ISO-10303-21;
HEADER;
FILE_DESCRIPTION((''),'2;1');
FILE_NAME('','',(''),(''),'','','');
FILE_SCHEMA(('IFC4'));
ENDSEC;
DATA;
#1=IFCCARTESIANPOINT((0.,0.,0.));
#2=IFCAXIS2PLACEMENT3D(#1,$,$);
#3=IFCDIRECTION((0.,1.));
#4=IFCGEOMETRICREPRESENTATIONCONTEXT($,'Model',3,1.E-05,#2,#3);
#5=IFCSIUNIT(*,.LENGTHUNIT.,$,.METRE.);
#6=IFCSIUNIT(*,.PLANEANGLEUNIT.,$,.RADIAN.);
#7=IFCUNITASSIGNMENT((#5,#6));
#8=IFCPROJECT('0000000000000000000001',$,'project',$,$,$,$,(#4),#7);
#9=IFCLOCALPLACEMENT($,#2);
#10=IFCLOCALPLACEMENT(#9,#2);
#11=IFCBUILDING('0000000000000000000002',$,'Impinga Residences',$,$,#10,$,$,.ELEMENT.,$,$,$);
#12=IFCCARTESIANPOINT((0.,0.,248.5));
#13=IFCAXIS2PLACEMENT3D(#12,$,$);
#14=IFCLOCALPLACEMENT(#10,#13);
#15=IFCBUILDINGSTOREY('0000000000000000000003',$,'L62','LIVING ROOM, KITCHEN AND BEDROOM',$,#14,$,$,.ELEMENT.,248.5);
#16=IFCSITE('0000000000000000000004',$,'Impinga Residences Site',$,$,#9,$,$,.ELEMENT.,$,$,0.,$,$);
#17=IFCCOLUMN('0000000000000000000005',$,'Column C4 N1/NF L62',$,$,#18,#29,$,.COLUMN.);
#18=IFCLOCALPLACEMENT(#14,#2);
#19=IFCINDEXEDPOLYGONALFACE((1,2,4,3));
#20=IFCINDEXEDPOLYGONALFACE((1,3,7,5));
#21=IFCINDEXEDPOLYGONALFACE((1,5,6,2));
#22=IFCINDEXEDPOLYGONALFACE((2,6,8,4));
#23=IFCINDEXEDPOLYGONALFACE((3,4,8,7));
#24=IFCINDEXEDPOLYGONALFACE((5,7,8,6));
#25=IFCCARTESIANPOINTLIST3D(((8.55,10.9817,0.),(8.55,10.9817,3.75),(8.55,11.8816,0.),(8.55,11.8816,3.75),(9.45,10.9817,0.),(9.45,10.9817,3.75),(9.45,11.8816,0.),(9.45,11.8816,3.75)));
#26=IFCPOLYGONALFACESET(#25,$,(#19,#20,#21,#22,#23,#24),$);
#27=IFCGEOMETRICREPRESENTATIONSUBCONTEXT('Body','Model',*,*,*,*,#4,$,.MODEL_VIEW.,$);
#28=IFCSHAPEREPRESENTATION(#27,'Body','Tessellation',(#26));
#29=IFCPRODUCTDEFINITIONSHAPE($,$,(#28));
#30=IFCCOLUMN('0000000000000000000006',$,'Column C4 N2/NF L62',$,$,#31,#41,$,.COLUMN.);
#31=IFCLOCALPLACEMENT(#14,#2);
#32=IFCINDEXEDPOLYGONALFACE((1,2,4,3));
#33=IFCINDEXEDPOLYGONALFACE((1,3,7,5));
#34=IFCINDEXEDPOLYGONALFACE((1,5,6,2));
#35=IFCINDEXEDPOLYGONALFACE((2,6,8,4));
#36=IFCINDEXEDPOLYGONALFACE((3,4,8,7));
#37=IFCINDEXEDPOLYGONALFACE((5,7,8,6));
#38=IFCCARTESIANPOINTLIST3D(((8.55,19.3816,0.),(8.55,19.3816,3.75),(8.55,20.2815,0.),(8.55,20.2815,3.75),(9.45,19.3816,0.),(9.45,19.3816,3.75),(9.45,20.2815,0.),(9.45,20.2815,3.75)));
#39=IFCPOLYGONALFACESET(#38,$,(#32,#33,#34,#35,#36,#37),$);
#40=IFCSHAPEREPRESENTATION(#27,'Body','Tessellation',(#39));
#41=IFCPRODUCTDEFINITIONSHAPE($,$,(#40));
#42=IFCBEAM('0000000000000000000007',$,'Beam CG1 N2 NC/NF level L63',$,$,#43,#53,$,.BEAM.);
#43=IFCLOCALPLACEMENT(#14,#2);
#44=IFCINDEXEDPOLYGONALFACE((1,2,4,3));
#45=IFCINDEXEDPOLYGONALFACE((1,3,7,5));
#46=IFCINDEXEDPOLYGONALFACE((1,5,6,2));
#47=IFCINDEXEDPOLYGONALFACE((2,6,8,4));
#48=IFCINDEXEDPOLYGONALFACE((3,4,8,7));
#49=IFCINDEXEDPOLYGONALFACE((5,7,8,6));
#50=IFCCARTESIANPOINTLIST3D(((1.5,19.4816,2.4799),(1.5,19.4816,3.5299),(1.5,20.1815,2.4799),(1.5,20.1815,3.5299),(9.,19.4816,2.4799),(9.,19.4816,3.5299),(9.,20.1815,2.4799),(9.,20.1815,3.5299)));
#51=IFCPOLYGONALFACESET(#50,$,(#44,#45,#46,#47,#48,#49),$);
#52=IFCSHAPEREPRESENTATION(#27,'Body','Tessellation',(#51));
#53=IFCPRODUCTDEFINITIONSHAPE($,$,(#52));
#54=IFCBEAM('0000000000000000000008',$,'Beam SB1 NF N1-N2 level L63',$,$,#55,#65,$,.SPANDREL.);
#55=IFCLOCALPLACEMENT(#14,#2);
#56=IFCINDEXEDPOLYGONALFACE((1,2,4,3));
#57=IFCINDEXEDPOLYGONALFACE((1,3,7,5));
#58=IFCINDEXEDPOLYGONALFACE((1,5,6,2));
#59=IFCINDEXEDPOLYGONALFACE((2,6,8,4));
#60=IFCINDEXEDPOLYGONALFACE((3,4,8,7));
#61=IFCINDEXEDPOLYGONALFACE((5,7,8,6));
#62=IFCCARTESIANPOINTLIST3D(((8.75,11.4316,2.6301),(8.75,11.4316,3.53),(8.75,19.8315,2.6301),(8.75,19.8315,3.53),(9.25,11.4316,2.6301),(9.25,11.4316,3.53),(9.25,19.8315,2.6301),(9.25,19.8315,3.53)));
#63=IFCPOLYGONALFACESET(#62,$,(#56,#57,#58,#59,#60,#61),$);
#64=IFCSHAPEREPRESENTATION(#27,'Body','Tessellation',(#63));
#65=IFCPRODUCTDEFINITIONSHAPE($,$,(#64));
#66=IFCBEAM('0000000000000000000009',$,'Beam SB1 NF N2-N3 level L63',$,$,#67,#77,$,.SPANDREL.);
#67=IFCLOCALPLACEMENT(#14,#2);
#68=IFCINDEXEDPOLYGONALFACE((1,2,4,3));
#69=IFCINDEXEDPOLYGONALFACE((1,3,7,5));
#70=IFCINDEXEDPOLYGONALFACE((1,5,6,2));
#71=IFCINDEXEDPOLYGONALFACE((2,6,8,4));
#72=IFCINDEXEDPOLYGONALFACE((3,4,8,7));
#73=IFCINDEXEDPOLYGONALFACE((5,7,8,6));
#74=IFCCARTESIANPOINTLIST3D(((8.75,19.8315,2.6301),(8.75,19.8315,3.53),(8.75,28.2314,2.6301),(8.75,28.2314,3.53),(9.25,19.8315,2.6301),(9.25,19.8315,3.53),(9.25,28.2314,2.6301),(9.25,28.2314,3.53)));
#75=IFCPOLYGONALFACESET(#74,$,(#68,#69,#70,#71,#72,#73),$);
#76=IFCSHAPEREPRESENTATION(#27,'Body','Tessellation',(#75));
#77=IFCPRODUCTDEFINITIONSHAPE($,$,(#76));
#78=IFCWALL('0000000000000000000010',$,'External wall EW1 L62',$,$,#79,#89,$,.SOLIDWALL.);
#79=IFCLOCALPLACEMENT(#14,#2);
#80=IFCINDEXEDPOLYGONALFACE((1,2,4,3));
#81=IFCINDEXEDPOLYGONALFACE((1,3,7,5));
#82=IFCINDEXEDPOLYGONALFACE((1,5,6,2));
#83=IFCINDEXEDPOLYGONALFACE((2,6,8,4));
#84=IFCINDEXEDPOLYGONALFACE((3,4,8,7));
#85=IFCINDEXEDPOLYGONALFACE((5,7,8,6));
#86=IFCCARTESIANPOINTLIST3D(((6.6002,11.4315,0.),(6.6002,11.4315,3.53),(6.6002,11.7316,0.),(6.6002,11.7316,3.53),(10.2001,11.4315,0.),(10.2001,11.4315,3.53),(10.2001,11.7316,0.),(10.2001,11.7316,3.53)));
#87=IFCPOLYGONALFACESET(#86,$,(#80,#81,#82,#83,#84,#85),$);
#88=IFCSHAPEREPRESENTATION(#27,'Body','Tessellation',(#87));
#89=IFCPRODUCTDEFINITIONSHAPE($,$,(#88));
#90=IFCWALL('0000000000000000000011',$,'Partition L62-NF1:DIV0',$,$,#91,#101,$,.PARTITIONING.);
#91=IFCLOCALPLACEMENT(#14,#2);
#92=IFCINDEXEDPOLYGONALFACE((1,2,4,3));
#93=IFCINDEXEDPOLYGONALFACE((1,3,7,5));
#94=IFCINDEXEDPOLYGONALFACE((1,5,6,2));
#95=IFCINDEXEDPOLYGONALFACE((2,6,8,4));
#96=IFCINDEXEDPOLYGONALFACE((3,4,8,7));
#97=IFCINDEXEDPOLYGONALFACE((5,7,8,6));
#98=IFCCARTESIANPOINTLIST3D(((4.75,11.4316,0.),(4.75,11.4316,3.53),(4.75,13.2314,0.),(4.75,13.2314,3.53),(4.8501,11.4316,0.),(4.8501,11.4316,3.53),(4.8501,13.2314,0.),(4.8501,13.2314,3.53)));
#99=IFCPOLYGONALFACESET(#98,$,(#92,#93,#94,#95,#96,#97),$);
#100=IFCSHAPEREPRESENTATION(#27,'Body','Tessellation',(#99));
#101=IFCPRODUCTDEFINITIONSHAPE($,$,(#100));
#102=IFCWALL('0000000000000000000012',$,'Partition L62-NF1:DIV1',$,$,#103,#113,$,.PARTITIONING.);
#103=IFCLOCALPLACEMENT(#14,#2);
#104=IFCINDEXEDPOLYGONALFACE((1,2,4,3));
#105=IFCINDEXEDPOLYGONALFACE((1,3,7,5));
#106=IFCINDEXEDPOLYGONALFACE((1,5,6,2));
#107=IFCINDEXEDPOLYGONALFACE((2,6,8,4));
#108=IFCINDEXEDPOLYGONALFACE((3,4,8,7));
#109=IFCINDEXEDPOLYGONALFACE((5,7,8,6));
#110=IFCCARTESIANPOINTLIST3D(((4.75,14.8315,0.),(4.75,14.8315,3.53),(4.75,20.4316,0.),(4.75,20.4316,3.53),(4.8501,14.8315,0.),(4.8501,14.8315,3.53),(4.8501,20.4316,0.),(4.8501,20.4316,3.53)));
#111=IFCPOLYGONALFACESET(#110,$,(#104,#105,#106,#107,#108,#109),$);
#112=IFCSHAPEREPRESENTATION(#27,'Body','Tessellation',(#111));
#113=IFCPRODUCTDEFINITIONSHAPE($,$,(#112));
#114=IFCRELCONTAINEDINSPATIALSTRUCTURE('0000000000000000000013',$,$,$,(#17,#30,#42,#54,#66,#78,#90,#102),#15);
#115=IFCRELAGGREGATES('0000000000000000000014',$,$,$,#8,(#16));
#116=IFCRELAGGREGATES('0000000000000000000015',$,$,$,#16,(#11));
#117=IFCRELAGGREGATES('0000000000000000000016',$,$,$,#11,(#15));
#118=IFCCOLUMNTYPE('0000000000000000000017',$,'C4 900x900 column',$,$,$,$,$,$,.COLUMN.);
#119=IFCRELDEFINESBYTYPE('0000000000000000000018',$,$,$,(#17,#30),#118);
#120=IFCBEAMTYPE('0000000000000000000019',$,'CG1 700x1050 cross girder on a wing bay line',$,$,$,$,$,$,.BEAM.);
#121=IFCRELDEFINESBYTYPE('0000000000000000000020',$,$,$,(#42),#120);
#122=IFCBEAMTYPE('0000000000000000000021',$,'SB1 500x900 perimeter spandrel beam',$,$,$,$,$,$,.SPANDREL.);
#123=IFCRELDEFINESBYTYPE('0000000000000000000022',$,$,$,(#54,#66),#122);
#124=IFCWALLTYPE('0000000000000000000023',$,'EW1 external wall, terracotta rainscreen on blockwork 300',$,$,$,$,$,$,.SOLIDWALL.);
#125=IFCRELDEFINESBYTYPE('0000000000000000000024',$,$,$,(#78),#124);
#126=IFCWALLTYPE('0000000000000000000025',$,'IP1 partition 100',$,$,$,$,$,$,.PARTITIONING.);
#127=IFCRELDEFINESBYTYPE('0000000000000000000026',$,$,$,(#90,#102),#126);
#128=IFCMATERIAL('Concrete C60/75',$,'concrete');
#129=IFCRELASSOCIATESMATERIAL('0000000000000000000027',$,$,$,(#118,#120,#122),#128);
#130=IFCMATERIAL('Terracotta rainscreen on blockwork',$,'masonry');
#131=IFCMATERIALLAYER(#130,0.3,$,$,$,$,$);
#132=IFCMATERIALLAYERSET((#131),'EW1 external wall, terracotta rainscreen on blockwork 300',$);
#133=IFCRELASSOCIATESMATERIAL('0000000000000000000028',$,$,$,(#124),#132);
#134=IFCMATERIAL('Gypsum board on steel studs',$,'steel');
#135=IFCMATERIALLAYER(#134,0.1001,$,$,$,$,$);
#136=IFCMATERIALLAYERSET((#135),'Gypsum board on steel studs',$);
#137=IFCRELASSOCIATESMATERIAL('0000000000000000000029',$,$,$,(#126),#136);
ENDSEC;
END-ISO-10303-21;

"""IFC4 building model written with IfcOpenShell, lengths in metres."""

from ifc_helpers import new_model, si_unit, direction, frame, frame_2d, origin, origin_2d, place, context, subcontext, project, spatial, rectangle, extrude, material, layer, layer_set, material_profile, profile_set, type_object, element, save


model = new_model("IFC4")

# Units and contexts
model_context = context("Model", 3, precision=1e-05, world=origin(), true_north=direction((0.0, 1.0)))
body_context = subcontext(model_context, "Body", "Model", "MODEL_VIEW")
ifc_project = project(units=[si_unit("LENGTHUNIT", "METRE"), si_unit("PLANEANGLEUNIT", "RADIAN")], contexts=[model_context])

# Site, building, storey
site_placement = place(None, origin())
site = spatial("IfcSite", under=ifc_project, at=site_placement, Name="Impinga Residences Site", CompositionType="ELEMENT", RefElevation=0.0)
building_placement = place(site_placement, origin())
building = spatial("IfcBuilding", under=site, at=building_placement, Name="Impinga Residences", CompositionType="ELEMENT")
storey_placement = place(building_placement, frame((0.0, 0.0, 248.5)))
storey = spatial("IfcBuildingStorey", under=building, at=storey_placement, Name="L62", Description="LIVING ROOM, KITCHEN AND BEDROOM", CompositionType="ELEMENT", Elevation=248.5)

# Columns
ifc_material_1 = material(Name="Concrete C60/75", Category="concrete")
ifc_material_profile_1 = material_profile(ifc_material_1, rectangle(XDim=0.8999, YDim=0.8999, at=origin_2d()), Name="RC 900x900")
ifc_profile_set_1 = profile_set([ifc_material_profile_1], Name="Concrete C60/75")
column_type = type_object("IfcColumnType", Name="C4 900x900 column", PredefinedType="COLUMN", material=ifc_profile_set_1)
for number, where, z_axis, x_axis, name in (
    (1, (9.0, 11.4316, 0.0), (0.0, 0.0, 1.0), (1.0, 0.0, 0.0), "Column C4 N1/NF L62"),
    (2, (9.0, 19.8315, 0.0), (0.0, 0.0, 1.0), (1.0, 0.0, 0.0), "Column C4 N2/NF L62"),
):
    element("IfcColumn", number, at=place(storey_placement, frame(where, z_axis=z_axis, x_axis=x_axis)), inside=storey, type_object=column_type, Name=name, PredefinedType="COLUMN", context=body_context, shape_type="SweptSolid", body=[
        extrude(rectangle(XDim=0.8999, YDim=0.8999, at=origin_2d()), origin(), (0.0, 0.0, 1.0), 3.75),
    ])

# Beams
ifc_material_profile_2 = material_profile(ifc_material_1, rectangle(XDim=0.7, YDim=1.05, at=origin_2d()), Name="RC 700x1050")
ifc_profile_set_2 = profile_set([ifc_material_profile_2], Name="Concrete C60/75")
beam_type_1 = type_object("IfcBeamType", Name="CG1 700x1050 cross girder on a wing bay line", PredefinedType="BEAM", material=ifc_profile_set_2)
beam_placement = place(storey_placement, frame((1.5, 19.8315, 3.0049), z_axis=(1.0, 0.0, 0.0), x_axis=(0.0, 1.0, 0.0)))
element("IfcBeam", 3, at=beam_placement, inside=storey, type_object=beam_type_1, Name="Beam CG1 N2 NC/NF level L63", PredefinedType="BEAM", context=body_context, shape_type="SweptSolid", body=[
    extrude(rectangle(XDim=0.7, YDim=1.05, at=origin_2d()), origin(), (0.0, 0.0, 1.0), 7.5),
])
ifc_material_profile_3 = material_profile(ifc_material_1, rectangle(XDim=0.5, YDim=0.8999, at=origin_2d()), Name="RC 500x900")
ifc_profile_set_3 = profile_set([ifc_material_profile_3], Name="Concrete C60/75")
beam_type_2 = type_object("IfcBeamType", Name="SB1 500x900 perimeter spandrel beam", PredefinedType="SPANDREL", material=ifc_profile_set_3)
for number, where, z_axis, x_axis, name in (
    (4, (9.0, 11.4316, 3.0801), (0.0, 1.0, 0.0), (-1.0, 0.0, 0.0), "Beam SB1 NF N1-N2 level L63"),
    (5, (9.0, 19.8315, 3.0801), (0.0, 1.0, 0.0), (-1.0, 0.0, 0.0), "Beam SB1 NF N2-N3 level L63"),
):
    element("IfcBeam", number, at=place(storey_placement, frame(where, z_axis=z_axis, x_axis=x_axis)), inside=storey, type_object=beam_type_2, Name=name, PredefinedType="SPANDREL", context=body_context, shape_type="SweptSolid", body=[
        extrude(rectangle(XDim=0.5, YDim=0.8999, at=origin_2d()), origin(), (0.0, 0.0, 1.0), 8.3999),
    ])

# Walls
ifc_material_2 = material(Name="Terracotta rainscreen on blockwork", Category="masonry")
ifc_layer_1 = layer(ifc_material_2, 0.3)
ifc_layer_set_1 = layer_set([ifc_layer_1], Name="EW1 external wall, terracotta rainscreen on blockwork 300")
wall_type_1 = type_object("IfcWallType", Name="EW1 external wall, terracotta rainscreen on blockwork 300", PredefinedType="SOLIDWALL", material=ifc_layer_set_1)
wall_1_placement = place(storey_placement, frame((10.2, 11.5815, 0.0), z_axis=(0.0, 0.0, 1.0), x_axis=(-1.0, 0.0, 0.0)))
element("IfcWall", 6, at=wall_1_placement, inside=storey, type_object=wall_type_1, Name="External wall EW1 L62", PredefinedType="SOLIDWALL", context=body_context, shape_type="SweptSolid", body=[
    extrude(rectangle(XDim=3.5999, YDim=0.3, at=frame_2d((1.7998, 0.0))), origin(), (0.0, 0.0, 1.0), 3.53),
])
ifc_material_3 = material(Name="Gypsum board on steel studs", Category="steel")
ifc_layer_2 = layer(ifc_material_3, 0.1001)
ifc_layer_set_2 = layer_set([ifc_layer_2], Name="Gypsum board on steel studs")
wall_type_2 = type_object("IfcWallType", Name="IP1 partition 100", PredefinedType="PARTITIONING", material=ifc_layer_set_2)
wall_2_placement = place(storey_placement, frame((4.8, 11.4316, 0.0), z_axis=(0.0, 0.0, 1.0), x_axis=(0.0, 1.0, 0.0)))
element("IfcWall", 7, at=wall_2_placement, inside=storey, type_object=wall_type_2, Name="Partition L62-NF1:DIV0", PredefinedType="PARTITIONING", context=body_context, shape_type="SweptSolid", body=[
    extrude(rectangle(XDim=1.7998, YDim=0.1001, at=frame_2d((0.8999, 0.0))), origin(), (0.0, 0.0, 1.0), 3.53),
])
wall_3_placement = place(storey_placement, frame((4.8, 14.8315, 0.0), z_axis=(0.0, 0.0, 1.0), x_axis=(0.0, 1.0, 0.0)))
element("IfcWall", 8, at=wall_3_placement, inside=storey, type_object=wall_type_2, Name="Partition L62-NF1:DIV1", PredefinedType="PARTITIONING", context=body_context, shape_type="SweptSolid", body=[
    extrude(rectangle(XDim=5.6001, YDim=0.1001, at=frame_2d((2.8, 0.0))), origin(), (0.0, 0.0, 1.0), 3.53),
])

save(model, "model.ifc")
